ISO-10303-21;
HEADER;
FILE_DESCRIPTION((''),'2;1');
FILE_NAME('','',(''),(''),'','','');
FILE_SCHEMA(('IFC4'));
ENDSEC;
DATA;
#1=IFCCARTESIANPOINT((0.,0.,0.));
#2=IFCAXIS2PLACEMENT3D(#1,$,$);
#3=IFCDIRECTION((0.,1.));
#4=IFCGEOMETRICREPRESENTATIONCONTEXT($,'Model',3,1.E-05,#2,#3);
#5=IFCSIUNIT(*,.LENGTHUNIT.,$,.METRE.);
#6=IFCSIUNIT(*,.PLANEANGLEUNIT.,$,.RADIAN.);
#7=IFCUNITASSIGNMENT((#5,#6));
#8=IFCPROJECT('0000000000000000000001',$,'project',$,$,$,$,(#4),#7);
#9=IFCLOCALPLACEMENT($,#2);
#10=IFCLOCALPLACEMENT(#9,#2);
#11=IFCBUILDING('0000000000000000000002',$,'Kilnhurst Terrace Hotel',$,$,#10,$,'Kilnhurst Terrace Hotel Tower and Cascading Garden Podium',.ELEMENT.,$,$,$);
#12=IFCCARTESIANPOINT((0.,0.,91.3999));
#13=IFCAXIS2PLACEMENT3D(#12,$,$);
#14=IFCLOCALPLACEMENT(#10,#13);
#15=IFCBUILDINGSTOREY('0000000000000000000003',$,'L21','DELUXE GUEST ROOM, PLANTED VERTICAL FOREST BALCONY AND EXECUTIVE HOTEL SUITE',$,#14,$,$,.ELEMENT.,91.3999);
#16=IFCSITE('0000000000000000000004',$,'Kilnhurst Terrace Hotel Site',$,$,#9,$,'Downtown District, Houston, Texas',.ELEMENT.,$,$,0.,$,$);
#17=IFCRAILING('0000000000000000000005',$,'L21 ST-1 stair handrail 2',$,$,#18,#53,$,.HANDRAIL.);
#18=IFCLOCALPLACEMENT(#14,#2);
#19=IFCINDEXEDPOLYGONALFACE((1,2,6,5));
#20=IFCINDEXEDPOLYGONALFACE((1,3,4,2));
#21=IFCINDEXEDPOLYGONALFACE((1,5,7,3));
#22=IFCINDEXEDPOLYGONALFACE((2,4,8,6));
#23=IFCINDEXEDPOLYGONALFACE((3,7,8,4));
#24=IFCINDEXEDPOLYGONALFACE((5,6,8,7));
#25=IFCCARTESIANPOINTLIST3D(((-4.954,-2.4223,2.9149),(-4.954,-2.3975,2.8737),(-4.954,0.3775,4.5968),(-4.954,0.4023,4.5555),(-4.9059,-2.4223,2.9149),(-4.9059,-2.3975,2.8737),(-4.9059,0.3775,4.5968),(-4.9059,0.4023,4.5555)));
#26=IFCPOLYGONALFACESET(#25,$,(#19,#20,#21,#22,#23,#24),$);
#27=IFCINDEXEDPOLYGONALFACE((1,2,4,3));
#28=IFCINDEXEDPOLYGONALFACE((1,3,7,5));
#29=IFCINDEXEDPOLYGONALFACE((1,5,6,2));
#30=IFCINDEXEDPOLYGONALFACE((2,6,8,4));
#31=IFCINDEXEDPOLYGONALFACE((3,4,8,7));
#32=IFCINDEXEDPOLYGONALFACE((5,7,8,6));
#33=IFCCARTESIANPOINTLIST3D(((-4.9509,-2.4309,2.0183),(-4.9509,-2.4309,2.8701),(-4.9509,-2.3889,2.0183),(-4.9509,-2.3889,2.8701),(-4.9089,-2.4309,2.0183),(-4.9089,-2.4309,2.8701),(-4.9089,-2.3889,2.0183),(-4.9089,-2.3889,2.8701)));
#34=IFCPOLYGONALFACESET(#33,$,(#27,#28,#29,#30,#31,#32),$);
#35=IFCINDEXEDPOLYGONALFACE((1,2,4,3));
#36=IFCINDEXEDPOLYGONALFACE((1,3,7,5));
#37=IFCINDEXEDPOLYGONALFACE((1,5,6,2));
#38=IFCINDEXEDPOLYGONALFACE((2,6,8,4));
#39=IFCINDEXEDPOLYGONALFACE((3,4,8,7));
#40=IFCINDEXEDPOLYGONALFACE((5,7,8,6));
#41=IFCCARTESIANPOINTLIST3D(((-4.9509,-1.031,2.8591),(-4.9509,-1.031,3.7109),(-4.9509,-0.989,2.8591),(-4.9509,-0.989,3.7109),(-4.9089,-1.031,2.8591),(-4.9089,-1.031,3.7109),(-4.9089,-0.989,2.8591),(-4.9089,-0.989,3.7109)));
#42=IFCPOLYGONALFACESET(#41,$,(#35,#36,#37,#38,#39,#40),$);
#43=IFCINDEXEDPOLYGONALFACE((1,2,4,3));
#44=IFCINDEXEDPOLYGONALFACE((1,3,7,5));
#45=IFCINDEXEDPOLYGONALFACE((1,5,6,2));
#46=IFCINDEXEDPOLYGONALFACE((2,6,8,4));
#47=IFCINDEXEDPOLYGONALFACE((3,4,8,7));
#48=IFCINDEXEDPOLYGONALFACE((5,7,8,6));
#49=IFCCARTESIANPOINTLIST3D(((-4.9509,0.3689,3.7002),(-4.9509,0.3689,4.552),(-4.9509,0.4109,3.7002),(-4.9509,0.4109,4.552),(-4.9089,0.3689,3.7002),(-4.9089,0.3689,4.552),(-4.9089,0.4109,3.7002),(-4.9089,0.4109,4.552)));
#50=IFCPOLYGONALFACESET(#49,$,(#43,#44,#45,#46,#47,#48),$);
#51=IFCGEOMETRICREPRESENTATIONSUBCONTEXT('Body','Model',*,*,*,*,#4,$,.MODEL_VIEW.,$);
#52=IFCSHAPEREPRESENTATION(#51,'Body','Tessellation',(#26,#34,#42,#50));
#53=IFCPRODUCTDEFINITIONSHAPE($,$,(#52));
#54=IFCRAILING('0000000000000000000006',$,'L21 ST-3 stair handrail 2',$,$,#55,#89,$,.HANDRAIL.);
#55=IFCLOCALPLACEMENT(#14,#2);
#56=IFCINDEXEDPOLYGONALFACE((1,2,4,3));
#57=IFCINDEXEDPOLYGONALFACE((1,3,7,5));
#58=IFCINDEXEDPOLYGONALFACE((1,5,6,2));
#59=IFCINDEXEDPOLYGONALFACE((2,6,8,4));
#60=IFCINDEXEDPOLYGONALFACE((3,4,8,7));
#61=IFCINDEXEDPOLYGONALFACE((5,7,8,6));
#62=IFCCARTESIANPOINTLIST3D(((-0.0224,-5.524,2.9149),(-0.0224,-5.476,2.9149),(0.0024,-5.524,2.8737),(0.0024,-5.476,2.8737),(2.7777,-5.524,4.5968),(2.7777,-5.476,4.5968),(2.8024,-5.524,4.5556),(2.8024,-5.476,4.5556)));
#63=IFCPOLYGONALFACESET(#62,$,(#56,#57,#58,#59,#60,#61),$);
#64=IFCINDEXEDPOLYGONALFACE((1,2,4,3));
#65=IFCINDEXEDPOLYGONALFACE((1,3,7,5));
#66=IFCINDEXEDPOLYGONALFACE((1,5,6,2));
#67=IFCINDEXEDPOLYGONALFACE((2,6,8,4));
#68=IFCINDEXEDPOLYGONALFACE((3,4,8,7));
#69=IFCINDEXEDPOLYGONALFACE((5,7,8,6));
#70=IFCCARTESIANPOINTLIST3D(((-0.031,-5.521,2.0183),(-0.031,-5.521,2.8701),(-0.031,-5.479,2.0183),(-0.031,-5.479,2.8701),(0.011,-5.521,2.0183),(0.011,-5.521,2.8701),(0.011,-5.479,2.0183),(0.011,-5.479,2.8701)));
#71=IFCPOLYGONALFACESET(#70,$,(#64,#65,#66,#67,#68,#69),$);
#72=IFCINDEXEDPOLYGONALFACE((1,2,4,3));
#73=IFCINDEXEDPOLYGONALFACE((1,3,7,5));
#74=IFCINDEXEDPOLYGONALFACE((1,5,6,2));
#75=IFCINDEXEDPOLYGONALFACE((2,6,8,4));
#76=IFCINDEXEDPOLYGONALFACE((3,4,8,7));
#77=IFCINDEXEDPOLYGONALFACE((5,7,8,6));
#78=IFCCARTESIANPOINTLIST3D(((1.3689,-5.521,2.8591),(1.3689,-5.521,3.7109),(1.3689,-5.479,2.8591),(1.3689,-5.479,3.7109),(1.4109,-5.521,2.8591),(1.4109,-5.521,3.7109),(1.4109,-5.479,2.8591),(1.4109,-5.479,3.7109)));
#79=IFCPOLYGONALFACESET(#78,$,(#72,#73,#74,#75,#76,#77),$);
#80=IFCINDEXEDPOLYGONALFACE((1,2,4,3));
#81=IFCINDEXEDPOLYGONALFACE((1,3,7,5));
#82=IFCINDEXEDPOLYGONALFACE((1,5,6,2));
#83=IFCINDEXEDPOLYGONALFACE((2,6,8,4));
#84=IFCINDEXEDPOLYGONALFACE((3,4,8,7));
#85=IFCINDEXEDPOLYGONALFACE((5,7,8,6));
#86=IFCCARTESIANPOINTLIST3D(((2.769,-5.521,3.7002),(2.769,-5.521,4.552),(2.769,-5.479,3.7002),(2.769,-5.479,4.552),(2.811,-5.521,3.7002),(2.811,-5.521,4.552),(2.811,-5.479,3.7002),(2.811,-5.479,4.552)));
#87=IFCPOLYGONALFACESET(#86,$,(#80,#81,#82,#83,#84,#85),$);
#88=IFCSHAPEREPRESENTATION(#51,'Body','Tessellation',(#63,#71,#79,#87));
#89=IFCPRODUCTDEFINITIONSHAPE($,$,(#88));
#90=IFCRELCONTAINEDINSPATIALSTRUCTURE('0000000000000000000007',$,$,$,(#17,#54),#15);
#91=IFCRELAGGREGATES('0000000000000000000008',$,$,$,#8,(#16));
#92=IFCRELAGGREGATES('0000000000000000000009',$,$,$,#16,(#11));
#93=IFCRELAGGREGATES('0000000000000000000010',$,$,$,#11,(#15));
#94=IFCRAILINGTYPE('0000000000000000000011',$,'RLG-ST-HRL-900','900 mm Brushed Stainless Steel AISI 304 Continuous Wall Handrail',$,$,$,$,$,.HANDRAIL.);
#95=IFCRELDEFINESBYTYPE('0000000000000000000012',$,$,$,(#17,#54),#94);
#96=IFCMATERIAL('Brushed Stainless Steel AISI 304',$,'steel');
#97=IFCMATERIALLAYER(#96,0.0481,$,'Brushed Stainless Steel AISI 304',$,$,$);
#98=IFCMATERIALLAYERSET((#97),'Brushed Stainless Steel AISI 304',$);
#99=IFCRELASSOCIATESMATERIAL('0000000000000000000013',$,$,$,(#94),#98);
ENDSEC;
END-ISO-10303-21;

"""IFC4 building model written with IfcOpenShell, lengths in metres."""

from ifc_helpers import new_model, si_unit, direction, frame, origin, origin_2d, place, context, subcontext, project, spatial, rectangle, extrude, material, layer, layer_set, type_object, element, save


model = new_model("IFC4")

# Units and contexts
model_context = context("Model", 3, precision=1e-05, world=origin(), true_north=direction((0.0, 1.0)))
body_context = subcontext(model_context, "Body", "Model", "MODEL_VIEW")
ifc_project = project(units=[si_unit("LENGTHUNIT", "METRE"), si_unit("PLANEANGLEUNIT", "RADIAN")], contexts=[model_context])

# Site, building, storey
site_placement = place(None, origin())
site = spatial("IfcSite", under=ifc_project, at=site_placement, Name="Kilnhurst Terrace Hotel Site", LongName="Downtown District, Houston, Texas", CompositionType="ELEMENT", RefElevation=0.0)
building_placement = place(site_placement, origin())
building = spatial("IfcBuilding", under=site, at=building_placement, Name="Kilnhurst Terrace Hotel", LongName="Kilnhurst Terrace Hotel Tower and Cascading Garden Podium", CompositionType="ELEMENT")
storey_placement = place(building_placement, frame((0.0, 0.0, 91.3999)))
storey = spatial("IfcBuildingStorey", under=building, at=storey_placement, Name="L21", Description="DELUXE GUEST ROOM, PLANTED VERTICAL FOREST BALCONY AND EXECUTIVE HOTEL SUITE", CompositionType="ELEMENT", Elevation=91.3999)

# Railings
ifc_material_1 = material(Name="Brushed Stainless Steel AISI 304", Category="steel")
ifc_layer_1 = layer(ifc_material_1, 0.0481, Name="Brushed Stainless Steel AISI 304")
ifc_layer_set_1 = layer_set([ifc_layer_1], Name="Brushed Stainless Steel AISI 304")
railing_type_1 = type_object("IfcRailingType", Name="RLG-ST-HRL-900", Description="900 mm Brushed Stainless Steel AISI 304 Continuous Wall Handrail", PredefinedType="HANDRAIL", material=ifc_layer_set_1)
railing_1_placement = place(storey_placement, frame((-4.9299, -2.4099, 2.0183)))
element("IfcRailing", 1, at=railing_1_placement, inside=storey, type_object=railing_type_1, Name="L21 ST-1 stair handrail 2", PredefinedType="HANDRAIL", context=body_context, shape_type="SweptSolid", body=[
    extrude(rectangle(XDim=0.0481, YDim=0.0481, at=origin_2d()), frame((0.0, 0.0, 0.876), z_axis=(0.0, 0.857222, 0.514946), x_axis=(-1.0, 0.0, 0.0)), (0.0, 0.0, 1.0), 3.2661),
    extrude(rectangle(XDim=0.042, YDim=0.042, at=origin_2d()), origin(), (0.0, 0.0, 1.0), 0.8518),
    extrude(rectangle(XDim=0.042, YDim=0.042, at=origin_2d()), frame((0.0, 1.3999, 0.8408)), (0.0, 0.0, 1.0), 0.8518),
    extrude(rectangle(XDim=0.042, YDim=0.042, at=origin_2d()), frame((0.0, 2.7998, 1.6819)), (0.0, 0.0, 1.0), 0.8518),
])
railing_2_placement = place(storey_placement, frame((-0.01, -5.5, 2.0183)))
element("IfcRailing", 2, at=railing_2_placement, inside=storey, type_object=railing_type_1, Name="L21 ST-3 stair handrail 2", PredefinedType="HANDRAIL", context=body_context, shape_type="SweptSolid", body=[
    extrude(rectangle(XDim=0.0481, YDim=0.0481, at=origin_2d()), frame((0.0, 0.0, 0.876), z_axis=(0.857242, 0.0, 0.514913), x_axis=(0.0, 1.0, 0.0)), (0.0, 0.0, 1.0), 3.2664),
    extrude(rectangle(XDim=0.042, YDim=0.042, at=origin_2d()), origin(), (0.0, 0.0, 1.0), 0.8518),
    extrude(rectangle(XDim=0.042, YDim=0.042, at=origin_2d()), frame((1.3999, 0.0, 0.8408)), (0.0, 0.0, 1.0), 0.8518),
    extrude(rectangle(XDim=0.042, YDim=0.042, at=origin_2d()), frame((2.8, 0.0, 1.6819)), (0.0, 0.0, 1.0), 0.8518),
])

save(model, "model.ifc")
